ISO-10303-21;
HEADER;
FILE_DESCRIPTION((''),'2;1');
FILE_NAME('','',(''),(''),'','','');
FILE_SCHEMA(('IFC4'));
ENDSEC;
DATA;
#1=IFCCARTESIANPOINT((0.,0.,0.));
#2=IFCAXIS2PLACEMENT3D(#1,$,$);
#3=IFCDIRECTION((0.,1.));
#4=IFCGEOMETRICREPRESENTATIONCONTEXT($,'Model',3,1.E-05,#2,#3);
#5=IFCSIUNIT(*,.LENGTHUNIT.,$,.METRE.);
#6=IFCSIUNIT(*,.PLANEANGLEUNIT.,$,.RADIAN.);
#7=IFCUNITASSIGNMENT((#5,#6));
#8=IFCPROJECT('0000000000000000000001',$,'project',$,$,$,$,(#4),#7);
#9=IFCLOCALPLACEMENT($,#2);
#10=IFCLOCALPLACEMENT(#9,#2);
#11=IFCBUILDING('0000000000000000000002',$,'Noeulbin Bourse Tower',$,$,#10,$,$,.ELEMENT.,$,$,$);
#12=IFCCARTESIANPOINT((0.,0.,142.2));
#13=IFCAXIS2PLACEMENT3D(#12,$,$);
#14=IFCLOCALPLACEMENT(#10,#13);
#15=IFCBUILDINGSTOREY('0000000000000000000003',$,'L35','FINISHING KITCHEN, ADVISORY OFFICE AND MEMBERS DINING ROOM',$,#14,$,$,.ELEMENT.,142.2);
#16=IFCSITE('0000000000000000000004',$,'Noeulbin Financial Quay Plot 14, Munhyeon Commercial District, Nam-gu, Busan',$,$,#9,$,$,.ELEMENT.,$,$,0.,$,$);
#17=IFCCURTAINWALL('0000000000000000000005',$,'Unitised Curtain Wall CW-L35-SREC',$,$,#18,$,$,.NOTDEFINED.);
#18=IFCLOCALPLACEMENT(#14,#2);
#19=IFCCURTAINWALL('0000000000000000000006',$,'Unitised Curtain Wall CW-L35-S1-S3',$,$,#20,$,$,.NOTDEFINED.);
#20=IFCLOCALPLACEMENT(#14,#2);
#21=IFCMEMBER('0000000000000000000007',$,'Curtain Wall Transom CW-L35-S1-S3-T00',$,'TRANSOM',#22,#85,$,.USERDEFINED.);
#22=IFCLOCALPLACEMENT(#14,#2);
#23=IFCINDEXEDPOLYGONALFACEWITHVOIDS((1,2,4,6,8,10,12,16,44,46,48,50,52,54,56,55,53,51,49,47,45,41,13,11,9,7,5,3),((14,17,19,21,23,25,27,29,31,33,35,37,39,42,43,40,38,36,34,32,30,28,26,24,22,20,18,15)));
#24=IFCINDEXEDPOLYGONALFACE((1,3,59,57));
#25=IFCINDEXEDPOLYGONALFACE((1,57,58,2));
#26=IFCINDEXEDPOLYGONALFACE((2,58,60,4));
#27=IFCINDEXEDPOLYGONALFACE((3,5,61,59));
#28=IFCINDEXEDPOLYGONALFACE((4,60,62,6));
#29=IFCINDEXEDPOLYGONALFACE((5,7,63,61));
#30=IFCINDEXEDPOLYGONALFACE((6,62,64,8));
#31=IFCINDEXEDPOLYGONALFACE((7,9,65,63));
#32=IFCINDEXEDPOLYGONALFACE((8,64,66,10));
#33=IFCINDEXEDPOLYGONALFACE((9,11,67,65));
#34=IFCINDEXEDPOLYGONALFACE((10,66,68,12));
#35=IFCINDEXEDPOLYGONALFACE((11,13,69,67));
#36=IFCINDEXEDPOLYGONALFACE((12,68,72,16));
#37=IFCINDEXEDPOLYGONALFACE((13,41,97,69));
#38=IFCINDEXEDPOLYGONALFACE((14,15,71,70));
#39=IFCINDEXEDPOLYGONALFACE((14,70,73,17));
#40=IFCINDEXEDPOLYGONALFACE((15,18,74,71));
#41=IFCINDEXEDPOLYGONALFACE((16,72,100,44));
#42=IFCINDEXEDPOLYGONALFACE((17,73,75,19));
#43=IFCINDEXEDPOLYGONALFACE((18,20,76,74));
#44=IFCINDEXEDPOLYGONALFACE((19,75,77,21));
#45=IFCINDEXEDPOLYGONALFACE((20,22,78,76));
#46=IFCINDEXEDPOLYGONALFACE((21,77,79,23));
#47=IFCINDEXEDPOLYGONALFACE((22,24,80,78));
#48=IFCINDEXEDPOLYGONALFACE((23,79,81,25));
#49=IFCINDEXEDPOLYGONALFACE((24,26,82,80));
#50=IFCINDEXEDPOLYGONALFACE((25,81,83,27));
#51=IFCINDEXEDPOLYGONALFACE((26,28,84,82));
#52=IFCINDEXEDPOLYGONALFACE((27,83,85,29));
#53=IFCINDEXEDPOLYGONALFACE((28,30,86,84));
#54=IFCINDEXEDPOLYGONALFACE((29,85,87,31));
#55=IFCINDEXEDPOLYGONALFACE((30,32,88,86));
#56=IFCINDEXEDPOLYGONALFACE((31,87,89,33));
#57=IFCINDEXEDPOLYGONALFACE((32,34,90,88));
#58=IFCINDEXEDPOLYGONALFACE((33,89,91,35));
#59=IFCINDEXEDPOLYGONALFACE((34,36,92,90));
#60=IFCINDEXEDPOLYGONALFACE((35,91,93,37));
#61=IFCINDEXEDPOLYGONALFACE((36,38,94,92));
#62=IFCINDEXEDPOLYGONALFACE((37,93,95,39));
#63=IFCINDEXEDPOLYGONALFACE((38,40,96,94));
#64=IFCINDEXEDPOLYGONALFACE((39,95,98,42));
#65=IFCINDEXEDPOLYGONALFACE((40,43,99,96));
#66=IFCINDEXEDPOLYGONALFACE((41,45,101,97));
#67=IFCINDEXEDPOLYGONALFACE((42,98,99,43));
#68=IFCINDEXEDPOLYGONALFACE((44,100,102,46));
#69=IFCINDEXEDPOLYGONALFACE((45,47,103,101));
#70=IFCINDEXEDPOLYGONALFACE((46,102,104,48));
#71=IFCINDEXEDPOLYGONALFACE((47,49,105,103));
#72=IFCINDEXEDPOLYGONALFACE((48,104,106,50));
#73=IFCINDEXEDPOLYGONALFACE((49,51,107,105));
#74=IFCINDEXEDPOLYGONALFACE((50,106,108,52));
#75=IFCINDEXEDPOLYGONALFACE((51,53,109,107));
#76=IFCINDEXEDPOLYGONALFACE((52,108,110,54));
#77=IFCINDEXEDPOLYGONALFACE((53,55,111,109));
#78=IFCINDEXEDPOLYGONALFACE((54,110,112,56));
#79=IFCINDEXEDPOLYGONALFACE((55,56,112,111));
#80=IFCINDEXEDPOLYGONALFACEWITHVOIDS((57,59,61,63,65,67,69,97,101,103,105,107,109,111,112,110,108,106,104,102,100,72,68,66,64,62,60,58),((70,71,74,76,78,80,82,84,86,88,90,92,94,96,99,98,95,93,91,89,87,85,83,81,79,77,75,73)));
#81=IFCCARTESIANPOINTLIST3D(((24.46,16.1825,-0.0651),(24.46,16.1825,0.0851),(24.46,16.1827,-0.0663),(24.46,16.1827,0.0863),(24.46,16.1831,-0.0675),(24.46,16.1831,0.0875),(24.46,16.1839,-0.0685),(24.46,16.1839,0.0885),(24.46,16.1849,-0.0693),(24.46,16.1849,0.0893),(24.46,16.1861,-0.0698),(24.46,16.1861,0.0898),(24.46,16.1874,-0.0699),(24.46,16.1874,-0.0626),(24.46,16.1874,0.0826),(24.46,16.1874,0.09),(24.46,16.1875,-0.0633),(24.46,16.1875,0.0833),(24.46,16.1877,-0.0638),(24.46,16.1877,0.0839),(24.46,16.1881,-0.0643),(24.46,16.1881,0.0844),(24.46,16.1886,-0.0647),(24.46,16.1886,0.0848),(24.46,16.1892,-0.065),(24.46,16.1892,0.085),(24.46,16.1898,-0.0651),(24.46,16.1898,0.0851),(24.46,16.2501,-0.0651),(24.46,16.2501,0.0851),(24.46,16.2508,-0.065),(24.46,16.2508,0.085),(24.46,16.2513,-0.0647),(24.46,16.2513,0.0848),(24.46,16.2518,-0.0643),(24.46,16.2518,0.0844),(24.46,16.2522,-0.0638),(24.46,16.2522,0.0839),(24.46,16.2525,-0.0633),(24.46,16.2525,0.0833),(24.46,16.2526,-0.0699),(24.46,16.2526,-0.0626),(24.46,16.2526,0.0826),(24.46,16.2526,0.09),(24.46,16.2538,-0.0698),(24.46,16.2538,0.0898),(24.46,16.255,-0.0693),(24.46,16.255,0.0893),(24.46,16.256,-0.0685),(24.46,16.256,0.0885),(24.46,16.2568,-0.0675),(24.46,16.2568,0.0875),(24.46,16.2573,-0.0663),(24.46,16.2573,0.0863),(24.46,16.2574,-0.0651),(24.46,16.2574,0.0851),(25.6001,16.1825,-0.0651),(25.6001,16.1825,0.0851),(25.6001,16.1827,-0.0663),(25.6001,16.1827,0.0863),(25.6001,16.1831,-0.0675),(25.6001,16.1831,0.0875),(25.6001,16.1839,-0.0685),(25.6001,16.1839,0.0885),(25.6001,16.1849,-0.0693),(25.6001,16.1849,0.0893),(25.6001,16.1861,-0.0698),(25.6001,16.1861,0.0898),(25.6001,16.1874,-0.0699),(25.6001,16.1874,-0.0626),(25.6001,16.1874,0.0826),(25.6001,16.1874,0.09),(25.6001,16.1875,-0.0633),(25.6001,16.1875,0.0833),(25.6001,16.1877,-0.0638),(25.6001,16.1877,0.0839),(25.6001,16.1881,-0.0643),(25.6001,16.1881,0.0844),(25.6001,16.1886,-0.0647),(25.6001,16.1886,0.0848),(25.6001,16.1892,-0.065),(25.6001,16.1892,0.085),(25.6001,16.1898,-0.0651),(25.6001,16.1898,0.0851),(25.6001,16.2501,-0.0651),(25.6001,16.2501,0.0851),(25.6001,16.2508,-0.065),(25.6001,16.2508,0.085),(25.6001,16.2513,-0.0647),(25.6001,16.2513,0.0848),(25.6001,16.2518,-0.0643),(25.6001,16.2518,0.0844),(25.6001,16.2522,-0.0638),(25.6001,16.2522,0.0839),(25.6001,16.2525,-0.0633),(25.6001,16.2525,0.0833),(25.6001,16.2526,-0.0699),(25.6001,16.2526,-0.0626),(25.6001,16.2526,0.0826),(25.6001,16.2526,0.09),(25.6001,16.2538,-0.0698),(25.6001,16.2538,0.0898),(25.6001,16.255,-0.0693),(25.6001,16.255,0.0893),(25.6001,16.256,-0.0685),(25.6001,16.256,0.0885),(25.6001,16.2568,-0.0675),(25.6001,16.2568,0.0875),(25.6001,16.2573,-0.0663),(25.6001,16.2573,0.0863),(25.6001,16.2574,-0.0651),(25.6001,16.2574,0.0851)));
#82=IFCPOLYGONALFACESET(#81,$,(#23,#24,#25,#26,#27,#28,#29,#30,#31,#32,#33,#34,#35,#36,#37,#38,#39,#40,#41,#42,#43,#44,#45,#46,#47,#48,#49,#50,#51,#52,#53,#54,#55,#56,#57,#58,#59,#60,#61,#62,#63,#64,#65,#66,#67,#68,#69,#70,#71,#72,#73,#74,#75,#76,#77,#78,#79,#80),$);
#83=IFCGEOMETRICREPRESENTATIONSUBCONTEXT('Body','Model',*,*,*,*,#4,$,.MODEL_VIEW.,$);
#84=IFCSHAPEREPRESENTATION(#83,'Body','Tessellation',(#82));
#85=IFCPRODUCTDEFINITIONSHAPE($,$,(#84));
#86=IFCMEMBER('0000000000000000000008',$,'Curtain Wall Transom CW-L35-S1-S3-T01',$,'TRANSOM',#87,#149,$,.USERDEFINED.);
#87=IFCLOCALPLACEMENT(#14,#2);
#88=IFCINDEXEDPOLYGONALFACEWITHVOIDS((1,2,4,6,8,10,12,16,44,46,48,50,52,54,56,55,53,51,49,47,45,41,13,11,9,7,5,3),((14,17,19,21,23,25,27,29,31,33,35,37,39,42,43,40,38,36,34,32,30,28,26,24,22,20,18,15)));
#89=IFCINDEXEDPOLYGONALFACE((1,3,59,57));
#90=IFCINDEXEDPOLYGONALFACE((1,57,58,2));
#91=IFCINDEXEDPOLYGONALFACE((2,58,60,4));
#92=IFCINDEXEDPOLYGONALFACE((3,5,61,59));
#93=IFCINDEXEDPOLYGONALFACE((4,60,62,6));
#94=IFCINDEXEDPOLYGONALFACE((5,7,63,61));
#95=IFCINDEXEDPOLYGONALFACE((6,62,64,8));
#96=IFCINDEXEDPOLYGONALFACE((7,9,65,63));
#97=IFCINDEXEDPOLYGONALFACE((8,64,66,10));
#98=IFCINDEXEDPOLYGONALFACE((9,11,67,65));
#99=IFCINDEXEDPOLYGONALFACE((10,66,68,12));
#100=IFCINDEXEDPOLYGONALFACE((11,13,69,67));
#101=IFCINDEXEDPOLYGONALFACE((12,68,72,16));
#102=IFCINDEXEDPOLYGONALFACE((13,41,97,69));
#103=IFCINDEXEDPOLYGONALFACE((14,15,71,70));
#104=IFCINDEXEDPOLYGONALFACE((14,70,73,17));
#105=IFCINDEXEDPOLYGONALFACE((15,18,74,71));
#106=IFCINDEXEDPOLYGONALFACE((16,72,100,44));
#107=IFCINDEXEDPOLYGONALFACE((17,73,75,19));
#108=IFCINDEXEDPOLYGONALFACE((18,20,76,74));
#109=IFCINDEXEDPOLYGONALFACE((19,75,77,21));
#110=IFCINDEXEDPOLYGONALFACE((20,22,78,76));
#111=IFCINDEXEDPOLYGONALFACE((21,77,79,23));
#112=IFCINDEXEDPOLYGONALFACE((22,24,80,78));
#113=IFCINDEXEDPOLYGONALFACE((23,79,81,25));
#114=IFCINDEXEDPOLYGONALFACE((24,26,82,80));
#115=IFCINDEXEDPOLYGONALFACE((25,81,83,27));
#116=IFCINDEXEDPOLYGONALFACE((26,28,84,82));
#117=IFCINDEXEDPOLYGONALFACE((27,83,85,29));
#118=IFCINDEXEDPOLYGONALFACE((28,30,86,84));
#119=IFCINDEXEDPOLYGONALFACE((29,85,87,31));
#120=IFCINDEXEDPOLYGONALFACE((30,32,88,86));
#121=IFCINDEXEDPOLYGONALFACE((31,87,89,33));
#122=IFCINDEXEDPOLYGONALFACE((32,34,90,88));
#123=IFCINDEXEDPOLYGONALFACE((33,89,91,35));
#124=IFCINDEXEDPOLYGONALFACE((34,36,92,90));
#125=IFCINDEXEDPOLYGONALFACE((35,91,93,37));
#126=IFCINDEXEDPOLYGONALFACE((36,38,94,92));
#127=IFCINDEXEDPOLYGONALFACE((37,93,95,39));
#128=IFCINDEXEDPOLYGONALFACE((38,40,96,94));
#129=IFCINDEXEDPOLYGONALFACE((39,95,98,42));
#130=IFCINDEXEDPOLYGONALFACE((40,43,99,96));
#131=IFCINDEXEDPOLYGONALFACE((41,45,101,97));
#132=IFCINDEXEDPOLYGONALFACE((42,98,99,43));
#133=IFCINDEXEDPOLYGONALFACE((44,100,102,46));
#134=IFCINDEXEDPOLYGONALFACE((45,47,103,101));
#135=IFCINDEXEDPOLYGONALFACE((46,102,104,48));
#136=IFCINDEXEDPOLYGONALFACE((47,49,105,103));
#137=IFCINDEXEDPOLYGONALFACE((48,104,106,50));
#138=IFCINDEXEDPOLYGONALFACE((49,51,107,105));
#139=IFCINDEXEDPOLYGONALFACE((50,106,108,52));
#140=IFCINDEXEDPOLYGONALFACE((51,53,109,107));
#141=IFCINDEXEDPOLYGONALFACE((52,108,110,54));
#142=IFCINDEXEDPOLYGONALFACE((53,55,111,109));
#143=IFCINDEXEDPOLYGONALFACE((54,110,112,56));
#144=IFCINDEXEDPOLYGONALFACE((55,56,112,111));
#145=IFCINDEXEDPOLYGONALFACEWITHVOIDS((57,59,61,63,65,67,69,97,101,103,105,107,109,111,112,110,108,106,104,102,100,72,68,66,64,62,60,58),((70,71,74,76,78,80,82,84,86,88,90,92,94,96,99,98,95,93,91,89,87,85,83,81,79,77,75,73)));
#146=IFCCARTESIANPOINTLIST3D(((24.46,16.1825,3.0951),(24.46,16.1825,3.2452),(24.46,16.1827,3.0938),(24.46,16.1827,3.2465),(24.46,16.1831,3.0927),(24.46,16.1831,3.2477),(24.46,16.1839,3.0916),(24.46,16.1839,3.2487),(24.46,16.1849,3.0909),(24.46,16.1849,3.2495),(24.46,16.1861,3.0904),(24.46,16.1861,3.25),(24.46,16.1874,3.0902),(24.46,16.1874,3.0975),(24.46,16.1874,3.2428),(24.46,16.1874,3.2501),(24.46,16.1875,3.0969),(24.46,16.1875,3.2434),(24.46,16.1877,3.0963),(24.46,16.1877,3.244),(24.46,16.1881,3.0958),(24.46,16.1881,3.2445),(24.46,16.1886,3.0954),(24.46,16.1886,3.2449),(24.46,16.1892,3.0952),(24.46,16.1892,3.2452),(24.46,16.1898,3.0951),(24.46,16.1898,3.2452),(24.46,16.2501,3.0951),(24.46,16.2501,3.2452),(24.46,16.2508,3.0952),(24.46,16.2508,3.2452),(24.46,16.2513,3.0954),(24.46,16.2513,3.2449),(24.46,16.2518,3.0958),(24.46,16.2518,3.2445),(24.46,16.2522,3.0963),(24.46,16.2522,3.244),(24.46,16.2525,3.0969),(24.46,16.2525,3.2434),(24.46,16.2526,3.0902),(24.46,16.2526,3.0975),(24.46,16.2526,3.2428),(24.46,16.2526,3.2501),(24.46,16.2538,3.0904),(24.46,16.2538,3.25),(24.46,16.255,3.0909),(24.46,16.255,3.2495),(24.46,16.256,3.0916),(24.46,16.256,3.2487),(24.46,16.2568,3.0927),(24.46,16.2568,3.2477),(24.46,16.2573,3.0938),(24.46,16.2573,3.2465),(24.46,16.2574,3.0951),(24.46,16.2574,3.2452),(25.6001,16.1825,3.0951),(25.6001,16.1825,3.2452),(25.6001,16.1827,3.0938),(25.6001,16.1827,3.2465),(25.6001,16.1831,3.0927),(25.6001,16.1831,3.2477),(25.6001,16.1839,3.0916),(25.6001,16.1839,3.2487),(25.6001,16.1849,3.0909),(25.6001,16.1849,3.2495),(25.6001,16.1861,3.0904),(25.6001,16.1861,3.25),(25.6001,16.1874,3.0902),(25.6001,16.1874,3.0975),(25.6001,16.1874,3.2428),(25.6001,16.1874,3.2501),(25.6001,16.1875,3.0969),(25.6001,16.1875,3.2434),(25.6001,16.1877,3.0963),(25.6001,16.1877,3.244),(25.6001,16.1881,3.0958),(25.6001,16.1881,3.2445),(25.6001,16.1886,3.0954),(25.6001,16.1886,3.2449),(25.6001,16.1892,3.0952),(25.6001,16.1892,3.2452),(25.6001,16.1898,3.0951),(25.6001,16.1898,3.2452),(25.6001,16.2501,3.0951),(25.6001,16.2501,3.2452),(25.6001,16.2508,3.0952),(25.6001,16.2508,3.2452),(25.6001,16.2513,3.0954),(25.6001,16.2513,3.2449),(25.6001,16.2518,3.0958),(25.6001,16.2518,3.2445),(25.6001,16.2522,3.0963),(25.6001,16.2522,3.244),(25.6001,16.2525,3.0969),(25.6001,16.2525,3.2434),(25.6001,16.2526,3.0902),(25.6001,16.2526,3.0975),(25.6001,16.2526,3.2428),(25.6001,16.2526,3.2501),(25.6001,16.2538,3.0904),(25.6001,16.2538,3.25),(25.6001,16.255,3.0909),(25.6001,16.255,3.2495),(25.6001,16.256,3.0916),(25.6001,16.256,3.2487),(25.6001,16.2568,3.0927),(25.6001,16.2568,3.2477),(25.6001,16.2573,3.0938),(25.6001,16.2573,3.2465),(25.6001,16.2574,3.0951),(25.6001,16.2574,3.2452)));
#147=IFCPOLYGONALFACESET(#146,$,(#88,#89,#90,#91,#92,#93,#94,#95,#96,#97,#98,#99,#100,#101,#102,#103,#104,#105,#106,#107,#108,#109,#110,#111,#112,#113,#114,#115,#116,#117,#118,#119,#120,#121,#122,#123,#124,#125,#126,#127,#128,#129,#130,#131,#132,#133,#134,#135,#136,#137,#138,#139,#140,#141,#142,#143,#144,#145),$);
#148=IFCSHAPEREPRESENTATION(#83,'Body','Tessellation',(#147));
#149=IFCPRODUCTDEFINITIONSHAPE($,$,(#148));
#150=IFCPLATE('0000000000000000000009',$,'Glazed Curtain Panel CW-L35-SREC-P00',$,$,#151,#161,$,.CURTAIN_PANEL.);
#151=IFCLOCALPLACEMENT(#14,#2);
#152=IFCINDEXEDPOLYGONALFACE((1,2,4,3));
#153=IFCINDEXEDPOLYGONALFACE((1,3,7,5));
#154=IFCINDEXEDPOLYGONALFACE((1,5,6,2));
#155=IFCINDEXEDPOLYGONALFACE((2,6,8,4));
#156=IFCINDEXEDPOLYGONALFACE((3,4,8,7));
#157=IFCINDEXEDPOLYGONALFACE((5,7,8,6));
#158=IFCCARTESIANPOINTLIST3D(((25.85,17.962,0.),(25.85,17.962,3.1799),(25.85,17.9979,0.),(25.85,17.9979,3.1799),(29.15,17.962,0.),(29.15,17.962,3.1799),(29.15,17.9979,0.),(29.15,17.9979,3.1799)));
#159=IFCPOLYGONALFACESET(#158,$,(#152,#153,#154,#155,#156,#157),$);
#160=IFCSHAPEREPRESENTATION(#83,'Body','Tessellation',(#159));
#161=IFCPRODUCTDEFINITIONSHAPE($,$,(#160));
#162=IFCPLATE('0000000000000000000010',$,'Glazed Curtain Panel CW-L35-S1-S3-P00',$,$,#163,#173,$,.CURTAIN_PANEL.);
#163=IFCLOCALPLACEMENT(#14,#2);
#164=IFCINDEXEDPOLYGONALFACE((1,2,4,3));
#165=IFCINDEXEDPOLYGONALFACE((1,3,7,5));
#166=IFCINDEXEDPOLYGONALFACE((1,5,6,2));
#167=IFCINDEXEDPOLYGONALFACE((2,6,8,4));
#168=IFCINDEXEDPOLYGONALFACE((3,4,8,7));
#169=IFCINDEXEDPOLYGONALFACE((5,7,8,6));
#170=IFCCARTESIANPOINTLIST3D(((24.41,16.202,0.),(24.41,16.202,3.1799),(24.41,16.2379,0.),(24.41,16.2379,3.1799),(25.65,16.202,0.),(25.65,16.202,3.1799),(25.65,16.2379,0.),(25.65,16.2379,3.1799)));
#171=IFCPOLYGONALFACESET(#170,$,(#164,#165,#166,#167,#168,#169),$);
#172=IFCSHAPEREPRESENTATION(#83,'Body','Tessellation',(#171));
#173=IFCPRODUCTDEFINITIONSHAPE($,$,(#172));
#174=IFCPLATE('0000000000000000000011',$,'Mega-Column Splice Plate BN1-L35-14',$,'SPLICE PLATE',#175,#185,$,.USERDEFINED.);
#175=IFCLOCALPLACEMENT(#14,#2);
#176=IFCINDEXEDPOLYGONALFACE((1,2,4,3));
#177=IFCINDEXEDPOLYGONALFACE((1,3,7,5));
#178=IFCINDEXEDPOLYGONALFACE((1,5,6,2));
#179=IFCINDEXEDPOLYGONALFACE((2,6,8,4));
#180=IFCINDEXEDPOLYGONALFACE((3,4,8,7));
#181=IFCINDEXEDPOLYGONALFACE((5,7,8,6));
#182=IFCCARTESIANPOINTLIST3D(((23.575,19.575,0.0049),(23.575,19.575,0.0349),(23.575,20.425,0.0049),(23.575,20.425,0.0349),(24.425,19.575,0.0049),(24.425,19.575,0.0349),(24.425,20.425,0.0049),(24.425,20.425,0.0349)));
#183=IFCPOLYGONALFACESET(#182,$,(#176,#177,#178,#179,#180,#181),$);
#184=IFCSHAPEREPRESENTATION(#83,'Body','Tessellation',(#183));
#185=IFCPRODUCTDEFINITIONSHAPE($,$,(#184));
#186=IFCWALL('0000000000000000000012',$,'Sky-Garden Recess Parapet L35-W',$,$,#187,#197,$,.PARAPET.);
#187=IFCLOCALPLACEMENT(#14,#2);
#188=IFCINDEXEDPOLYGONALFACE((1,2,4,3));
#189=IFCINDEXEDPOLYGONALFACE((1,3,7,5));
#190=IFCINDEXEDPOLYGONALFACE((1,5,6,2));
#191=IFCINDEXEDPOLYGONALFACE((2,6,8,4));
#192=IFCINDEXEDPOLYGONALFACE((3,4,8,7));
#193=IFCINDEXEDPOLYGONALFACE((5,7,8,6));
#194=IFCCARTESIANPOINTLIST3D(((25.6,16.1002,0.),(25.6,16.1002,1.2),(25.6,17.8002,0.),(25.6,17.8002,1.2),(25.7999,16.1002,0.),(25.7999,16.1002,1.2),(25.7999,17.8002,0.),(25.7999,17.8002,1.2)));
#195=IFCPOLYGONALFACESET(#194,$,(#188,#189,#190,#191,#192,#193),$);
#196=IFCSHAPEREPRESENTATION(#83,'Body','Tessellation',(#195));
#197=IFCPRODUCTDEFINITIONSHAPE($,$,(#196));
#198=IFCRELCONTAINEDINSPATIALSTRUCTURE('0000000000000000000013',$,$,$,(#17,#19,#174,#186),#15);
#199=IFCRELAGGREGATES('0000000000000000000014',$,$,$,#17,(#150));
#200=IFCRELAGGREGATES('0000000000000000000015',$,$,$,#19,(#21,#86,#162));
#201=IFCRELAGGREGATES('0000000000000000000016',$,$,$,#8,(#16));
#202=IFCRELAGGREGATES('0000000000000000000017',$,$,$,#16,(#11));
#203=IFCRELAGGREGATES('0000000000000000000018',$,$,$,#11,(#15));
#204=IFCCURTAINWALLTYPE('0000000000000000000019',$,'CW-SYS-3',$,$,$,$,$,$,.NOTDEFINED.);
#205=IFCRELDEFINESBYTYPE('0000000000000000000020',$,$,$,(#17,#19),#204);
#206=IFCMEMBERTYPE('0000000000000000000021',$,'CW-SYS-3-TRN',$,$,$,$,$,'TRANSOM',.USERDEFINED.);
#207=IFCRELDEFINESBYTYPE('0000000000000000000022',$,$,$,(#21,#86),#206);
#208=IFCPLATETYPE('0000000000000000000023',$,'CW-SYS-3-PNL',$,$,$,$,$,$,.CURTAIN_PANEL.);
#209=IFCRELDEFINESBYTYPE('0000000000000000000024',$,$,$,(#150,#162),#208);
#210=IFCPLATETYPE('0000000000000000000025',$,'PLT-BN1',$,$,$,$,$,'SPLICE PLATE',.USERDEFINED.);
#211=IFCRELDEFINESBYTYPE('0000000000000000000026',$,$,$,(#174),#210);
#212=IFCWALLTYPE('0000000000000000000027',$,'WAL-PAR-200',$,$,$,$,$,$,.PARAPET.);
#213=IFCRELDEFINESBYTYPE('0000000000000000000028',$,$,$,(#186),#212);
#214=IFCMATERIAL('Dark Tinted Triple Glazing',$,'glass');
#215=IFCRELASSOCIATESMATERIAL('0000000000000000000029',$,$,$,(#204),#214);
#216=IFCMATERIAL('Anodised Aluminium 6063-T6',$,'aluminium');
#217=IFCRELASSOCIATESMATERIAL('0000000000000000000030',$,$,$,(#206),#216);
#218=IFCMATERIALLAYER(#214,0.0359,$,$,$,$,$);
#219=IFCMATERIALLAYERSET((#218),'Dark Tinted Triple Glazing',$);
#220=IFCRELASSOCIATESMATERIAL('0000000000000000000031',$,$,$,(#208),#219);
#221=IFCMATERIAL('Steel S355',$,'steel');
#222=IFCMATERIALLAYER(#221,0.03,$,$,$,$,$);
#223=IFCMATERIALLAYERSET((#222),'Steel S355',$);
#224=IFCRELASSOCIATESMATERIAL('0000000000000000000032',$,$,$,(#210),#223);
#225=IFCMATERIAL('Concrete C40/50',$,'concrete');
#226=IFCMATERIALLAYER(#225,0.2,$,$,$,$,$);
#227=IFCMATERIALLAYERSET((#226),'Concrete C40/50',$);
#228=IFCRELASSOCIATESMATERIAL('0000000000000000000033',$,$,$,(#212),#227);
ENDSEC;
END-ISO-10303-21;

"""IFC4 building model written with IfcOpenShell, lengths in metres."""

from ifc_helpers import new_model, si_unit, direction, frame, frame_2d, origin, origin_2d, place, context, subcontext, project, spatial, rectangle, hollow_rectangle, extrude, material, layer, layer_set, material_profile, profile_set, type_object, element, aggregate, save


model = new_model("IFC4")

# Units and contexts
model_context = context("Model", 3, precision=1e-05, world=origin(), true_north=direction((0.0, 1.0)))
body_context = subcontext(model_context, "Body", "Model", "MODEL_VIEW")
ifc_project = project(units=[si_unit("LENGTHUNIT", "METRE"), si_unit("PLANEANGLEUNIT", "RADIAN")], contexts=[model_context])

# Site, building, storey
site_placement = place(None, origin())
site = spatial("IfcSite", under=ifc_project, at=site_placement, Name="Noeulbin Financial Quay Plot 14, Munhyeon Commercial District, Nam-gu, Busan", CompositionType="ELEMENT", RefElevation=0.0)
building_placement = place(site_placement, origin())
building = spatial("IfcBuilding", under=site, at=building_placement, Name="Noeulbin Bourse Tower", CompositionType="ELEMENT")
storey_placement = place(building_placement, frame((0.0, 0.0, 142.2)))
storey = spatial("IfcBuildingStorey", under=building, at=storey_placement, Name="L35", Description="FINISHING KITCHEN, ADVISORY OFFICE AND MEMBERS DINING ROOM", CompositionType="ELEMENT", Elevation=142.2)

# Shared definitions
ifc_material_1 = material(Name="Steel S355", Category="steel")

# Curtain walls
ifc_material_2 = material(Name="Dark Tinted Triple Glazing", Category="glass")
curtain_wall_type = type_object("IfcCurtainWallType", Name="CW-SYS-3", PredefinedType="NOTDEFINED", material=ifc_material_2)
curtain_wall_1_placement = place(storey_placement, origin())
curtain_wall_1 = element("IfcCurtainWall", 1, at=curtain_wall_1_placement, inside=storey, type_object=curtain_wall_type, Name="Unitised Curtain Wall CW-L35-SREC", PredefinedType="NOTDEFINED")
ifc_material_3 = material(Name="Anodised Aluminium 6063-T6", Category="aluminium")
curtain_wall_2_placement = place(storey_placement, origin())
curtain_wall_2 = element("IfcCurtainWall", 2, at=curtain_wall_2_placement, inside=storey, type_object=curtain_wall_type, Name="Unitised Curtain Wall CW-L35-S1-S3", PredefinedType="NOTDEFINED")

# Members
ifc_material_profile_1 = material_profile(ifc_material_3, hollow_rectangle(XDim=0.075, YDim=0.1599, WallThickness=0.0049, InnerFilletRadius=0.0024, OuterFilletRadius=0.0049, at=origin_2d()), Name="ALU-TRAN-75x160x5", Category="LoadBearing")
ifc_profile_set_1 = profile_set([ifc_material_profile_1], Name="Anodised Aluminium 6063-T6")
member_type_1 = type_object("IfcMemberType", Name="CW-SYS-3-TRN", ElementType="TRANSOM", PredefinedType="USERDEFINED", material=ifc_profile_set_1)
member_1_placement = place(storey_placement, frame((24.46, 16.22, 0.01), z_axis=(1.0, 0.0, 0.0), x_axis=(0.0, 1.0, 0.0)))
member_1 = element("IfcMember", 3, at=member_1_placement, type_object=member_type_1, Name="Curtain Wall Transom CW-L35-S1-S3-T00", ObjectType="TRANSOM", PredefinedType="USERDEFINED", context=body_context, shape_type="SweptSolid", body=[
    extrude(hollow_rectangle(XDim=0.075, YDim=0.1599, WallThickness=0.0049, InnerFilletRadius=0.0024, OuterFilletRadius=0.0049, at=origin_2d()), origin(), (0.0, 0.0, 1.0), 1.1401),
])
member_2_placement = place(storey_placement, frame((24.46, 16.22, 3.1702), z_axis=(1.0, 0.0, 0.0), x_axis=(0.0, 1.0, 0.0)))
member_2 = element("IfcMember", 4, at=member_2_placement, type_object=member_type_1, Name="Curtain Wall Transom CW-L35-S1-S3-T01", ObjectType="TRANSOM", PredefinedType="USERDEFINED", context=body_context, shape_type="SweptSolid", body=[
    extrude(hollow_rectangle(XDim=0.075, YDim=0.1599, WallThickness=0.0049, InnerFilletRadius=0.0024, OuterFilletRadius=0.0049, at=origin_2d()), origin(), (0.0, 0.0, 1.0), 1.1401),
])

# Plates
ifc_layer_1 = layer(ifc_material_2, 0.0359)
ifc_layer_set_1 = layer_set([ifc_layer_1], Name="Dark Tinted Triple Glazing")
plate_type_1 = type_object("IfcPlateType", Name="CW-SYS-3-PNL", PredefinedType="CURTAIN_PANEL", material=ifc_layer_set_1)
plate_1_placement = place(storey_placement, frame((27.5, 17.98, 0.0), z_axis=(0.0, 0.0, 1.0), x_axis=(1.0, 0.0, 0.0)))
plate_1 = element("IfcPlate", 5, at=plate_1_placement, type_object=plate_type_1, Name="Glazed Curtain Panel CW-L35-SREC-P00", PredefinedType="CURTAIN_PANEL", context=body_context, shape_type="SweptSolid", body=[
    extrude(rectangle(XDim=3.3, YDim=0.0359, at=origin_2d()), origin(), (0.0, 0.0, 1.0), 3.1799),
])
aggregate(curtain_wall_1, [plate_1])
plate_2_placement = place(storey_placement, frame((25.03, 16.22, 0.0), z_axis=(0.0, 0.0, 1.0), x_axis=(1.0, 0.0, 0.0)))
plate_2 = element("IfcPlate", 6, at=plate_2_placement, type_object=plate_type_1, Name="Glazed Curtain Panel CW-L35-S1-S3-P00", PredefinedType="CURTAIN_PANEL", context=body_context, shape_type="SweptSolid", body=[
    extrude(rectangle(XDim=1.24, YDim=0.0359, at=origin_2d()), origin(), (0.0, 0.0, 1.0), 3.1799),
])
aggregate(curtain_wall_2, [member_1, member_2, plate_2])
ifc_layer_2 = layer(ifc_material_1, 0.03)
ifc_layer_set_2 = layer_set([ifc_layer_2], Name="Steel S355")
plate_type_2 = type_object("IfcPlateType", Name="PLT-BN1", ElementType="SPLICE PLATE", PredefinedType="USERDEFINED", material=ifc_layer_set_2)
plate_3_placement = place(storey_placement, frame((24.0, 20.0, 0.0049), z_axis=(0.0, 0.0, 1.0), x_axis=(1.0, 0.0, 0.0)))
element("IfcPlate", 7, at=plate_3_placement, inside=storey, type_object=plate_type_2, Name="Mega-Column Splice Plate BN1-L35-14", ObjectType="SPLICE PLATE", PredefinedType="USERDEFINED", context=body_context, shape_type="SweptSolid", body=[
    extrude(rectangle(XDim=0.8501, YDim=0.8501, at=origin_2d()), origin(), (0.0, 0.0, 1.0), 0.03),
])

# Wall
ifc_material_4 = material(Name="Concrete C40/50", Category="concrete")
ifc_layer_3 = layer(ifc_material_4, 0.2)
ifc_layer_set_3 = layer_set([ifc_layer_3], Name="Concrete C40/50")
wall_type_1 = type_object("IfcWallType", Name="WAL-PAR-200", PredefinedType="PARAPET", material=ifc_layer_set_3)
wall_1_placement = place(storey_placement, frame((25.7, 16.1001, 0.0), z_axis=(0.0, 0.0, 1.0), x_axis=(0.0, 1.0, 0.0)))
element("IfcWall", 8, at=wall_1_placement, inside=storey, type_object=wall_type_1, Name="Sky-Garden Recess Parapet L35-W", PredefinedType="PARAPET", context=body_context, shape_type="SweptSolid", body=[
    extrude(rectangle(XDim=1.7, YDim=0.2, at=frame_2d((0.8501, 0.0))), origin(), (0.0, 0.0, 1.0), 1.2),
])

save(model, "model.ifc")
